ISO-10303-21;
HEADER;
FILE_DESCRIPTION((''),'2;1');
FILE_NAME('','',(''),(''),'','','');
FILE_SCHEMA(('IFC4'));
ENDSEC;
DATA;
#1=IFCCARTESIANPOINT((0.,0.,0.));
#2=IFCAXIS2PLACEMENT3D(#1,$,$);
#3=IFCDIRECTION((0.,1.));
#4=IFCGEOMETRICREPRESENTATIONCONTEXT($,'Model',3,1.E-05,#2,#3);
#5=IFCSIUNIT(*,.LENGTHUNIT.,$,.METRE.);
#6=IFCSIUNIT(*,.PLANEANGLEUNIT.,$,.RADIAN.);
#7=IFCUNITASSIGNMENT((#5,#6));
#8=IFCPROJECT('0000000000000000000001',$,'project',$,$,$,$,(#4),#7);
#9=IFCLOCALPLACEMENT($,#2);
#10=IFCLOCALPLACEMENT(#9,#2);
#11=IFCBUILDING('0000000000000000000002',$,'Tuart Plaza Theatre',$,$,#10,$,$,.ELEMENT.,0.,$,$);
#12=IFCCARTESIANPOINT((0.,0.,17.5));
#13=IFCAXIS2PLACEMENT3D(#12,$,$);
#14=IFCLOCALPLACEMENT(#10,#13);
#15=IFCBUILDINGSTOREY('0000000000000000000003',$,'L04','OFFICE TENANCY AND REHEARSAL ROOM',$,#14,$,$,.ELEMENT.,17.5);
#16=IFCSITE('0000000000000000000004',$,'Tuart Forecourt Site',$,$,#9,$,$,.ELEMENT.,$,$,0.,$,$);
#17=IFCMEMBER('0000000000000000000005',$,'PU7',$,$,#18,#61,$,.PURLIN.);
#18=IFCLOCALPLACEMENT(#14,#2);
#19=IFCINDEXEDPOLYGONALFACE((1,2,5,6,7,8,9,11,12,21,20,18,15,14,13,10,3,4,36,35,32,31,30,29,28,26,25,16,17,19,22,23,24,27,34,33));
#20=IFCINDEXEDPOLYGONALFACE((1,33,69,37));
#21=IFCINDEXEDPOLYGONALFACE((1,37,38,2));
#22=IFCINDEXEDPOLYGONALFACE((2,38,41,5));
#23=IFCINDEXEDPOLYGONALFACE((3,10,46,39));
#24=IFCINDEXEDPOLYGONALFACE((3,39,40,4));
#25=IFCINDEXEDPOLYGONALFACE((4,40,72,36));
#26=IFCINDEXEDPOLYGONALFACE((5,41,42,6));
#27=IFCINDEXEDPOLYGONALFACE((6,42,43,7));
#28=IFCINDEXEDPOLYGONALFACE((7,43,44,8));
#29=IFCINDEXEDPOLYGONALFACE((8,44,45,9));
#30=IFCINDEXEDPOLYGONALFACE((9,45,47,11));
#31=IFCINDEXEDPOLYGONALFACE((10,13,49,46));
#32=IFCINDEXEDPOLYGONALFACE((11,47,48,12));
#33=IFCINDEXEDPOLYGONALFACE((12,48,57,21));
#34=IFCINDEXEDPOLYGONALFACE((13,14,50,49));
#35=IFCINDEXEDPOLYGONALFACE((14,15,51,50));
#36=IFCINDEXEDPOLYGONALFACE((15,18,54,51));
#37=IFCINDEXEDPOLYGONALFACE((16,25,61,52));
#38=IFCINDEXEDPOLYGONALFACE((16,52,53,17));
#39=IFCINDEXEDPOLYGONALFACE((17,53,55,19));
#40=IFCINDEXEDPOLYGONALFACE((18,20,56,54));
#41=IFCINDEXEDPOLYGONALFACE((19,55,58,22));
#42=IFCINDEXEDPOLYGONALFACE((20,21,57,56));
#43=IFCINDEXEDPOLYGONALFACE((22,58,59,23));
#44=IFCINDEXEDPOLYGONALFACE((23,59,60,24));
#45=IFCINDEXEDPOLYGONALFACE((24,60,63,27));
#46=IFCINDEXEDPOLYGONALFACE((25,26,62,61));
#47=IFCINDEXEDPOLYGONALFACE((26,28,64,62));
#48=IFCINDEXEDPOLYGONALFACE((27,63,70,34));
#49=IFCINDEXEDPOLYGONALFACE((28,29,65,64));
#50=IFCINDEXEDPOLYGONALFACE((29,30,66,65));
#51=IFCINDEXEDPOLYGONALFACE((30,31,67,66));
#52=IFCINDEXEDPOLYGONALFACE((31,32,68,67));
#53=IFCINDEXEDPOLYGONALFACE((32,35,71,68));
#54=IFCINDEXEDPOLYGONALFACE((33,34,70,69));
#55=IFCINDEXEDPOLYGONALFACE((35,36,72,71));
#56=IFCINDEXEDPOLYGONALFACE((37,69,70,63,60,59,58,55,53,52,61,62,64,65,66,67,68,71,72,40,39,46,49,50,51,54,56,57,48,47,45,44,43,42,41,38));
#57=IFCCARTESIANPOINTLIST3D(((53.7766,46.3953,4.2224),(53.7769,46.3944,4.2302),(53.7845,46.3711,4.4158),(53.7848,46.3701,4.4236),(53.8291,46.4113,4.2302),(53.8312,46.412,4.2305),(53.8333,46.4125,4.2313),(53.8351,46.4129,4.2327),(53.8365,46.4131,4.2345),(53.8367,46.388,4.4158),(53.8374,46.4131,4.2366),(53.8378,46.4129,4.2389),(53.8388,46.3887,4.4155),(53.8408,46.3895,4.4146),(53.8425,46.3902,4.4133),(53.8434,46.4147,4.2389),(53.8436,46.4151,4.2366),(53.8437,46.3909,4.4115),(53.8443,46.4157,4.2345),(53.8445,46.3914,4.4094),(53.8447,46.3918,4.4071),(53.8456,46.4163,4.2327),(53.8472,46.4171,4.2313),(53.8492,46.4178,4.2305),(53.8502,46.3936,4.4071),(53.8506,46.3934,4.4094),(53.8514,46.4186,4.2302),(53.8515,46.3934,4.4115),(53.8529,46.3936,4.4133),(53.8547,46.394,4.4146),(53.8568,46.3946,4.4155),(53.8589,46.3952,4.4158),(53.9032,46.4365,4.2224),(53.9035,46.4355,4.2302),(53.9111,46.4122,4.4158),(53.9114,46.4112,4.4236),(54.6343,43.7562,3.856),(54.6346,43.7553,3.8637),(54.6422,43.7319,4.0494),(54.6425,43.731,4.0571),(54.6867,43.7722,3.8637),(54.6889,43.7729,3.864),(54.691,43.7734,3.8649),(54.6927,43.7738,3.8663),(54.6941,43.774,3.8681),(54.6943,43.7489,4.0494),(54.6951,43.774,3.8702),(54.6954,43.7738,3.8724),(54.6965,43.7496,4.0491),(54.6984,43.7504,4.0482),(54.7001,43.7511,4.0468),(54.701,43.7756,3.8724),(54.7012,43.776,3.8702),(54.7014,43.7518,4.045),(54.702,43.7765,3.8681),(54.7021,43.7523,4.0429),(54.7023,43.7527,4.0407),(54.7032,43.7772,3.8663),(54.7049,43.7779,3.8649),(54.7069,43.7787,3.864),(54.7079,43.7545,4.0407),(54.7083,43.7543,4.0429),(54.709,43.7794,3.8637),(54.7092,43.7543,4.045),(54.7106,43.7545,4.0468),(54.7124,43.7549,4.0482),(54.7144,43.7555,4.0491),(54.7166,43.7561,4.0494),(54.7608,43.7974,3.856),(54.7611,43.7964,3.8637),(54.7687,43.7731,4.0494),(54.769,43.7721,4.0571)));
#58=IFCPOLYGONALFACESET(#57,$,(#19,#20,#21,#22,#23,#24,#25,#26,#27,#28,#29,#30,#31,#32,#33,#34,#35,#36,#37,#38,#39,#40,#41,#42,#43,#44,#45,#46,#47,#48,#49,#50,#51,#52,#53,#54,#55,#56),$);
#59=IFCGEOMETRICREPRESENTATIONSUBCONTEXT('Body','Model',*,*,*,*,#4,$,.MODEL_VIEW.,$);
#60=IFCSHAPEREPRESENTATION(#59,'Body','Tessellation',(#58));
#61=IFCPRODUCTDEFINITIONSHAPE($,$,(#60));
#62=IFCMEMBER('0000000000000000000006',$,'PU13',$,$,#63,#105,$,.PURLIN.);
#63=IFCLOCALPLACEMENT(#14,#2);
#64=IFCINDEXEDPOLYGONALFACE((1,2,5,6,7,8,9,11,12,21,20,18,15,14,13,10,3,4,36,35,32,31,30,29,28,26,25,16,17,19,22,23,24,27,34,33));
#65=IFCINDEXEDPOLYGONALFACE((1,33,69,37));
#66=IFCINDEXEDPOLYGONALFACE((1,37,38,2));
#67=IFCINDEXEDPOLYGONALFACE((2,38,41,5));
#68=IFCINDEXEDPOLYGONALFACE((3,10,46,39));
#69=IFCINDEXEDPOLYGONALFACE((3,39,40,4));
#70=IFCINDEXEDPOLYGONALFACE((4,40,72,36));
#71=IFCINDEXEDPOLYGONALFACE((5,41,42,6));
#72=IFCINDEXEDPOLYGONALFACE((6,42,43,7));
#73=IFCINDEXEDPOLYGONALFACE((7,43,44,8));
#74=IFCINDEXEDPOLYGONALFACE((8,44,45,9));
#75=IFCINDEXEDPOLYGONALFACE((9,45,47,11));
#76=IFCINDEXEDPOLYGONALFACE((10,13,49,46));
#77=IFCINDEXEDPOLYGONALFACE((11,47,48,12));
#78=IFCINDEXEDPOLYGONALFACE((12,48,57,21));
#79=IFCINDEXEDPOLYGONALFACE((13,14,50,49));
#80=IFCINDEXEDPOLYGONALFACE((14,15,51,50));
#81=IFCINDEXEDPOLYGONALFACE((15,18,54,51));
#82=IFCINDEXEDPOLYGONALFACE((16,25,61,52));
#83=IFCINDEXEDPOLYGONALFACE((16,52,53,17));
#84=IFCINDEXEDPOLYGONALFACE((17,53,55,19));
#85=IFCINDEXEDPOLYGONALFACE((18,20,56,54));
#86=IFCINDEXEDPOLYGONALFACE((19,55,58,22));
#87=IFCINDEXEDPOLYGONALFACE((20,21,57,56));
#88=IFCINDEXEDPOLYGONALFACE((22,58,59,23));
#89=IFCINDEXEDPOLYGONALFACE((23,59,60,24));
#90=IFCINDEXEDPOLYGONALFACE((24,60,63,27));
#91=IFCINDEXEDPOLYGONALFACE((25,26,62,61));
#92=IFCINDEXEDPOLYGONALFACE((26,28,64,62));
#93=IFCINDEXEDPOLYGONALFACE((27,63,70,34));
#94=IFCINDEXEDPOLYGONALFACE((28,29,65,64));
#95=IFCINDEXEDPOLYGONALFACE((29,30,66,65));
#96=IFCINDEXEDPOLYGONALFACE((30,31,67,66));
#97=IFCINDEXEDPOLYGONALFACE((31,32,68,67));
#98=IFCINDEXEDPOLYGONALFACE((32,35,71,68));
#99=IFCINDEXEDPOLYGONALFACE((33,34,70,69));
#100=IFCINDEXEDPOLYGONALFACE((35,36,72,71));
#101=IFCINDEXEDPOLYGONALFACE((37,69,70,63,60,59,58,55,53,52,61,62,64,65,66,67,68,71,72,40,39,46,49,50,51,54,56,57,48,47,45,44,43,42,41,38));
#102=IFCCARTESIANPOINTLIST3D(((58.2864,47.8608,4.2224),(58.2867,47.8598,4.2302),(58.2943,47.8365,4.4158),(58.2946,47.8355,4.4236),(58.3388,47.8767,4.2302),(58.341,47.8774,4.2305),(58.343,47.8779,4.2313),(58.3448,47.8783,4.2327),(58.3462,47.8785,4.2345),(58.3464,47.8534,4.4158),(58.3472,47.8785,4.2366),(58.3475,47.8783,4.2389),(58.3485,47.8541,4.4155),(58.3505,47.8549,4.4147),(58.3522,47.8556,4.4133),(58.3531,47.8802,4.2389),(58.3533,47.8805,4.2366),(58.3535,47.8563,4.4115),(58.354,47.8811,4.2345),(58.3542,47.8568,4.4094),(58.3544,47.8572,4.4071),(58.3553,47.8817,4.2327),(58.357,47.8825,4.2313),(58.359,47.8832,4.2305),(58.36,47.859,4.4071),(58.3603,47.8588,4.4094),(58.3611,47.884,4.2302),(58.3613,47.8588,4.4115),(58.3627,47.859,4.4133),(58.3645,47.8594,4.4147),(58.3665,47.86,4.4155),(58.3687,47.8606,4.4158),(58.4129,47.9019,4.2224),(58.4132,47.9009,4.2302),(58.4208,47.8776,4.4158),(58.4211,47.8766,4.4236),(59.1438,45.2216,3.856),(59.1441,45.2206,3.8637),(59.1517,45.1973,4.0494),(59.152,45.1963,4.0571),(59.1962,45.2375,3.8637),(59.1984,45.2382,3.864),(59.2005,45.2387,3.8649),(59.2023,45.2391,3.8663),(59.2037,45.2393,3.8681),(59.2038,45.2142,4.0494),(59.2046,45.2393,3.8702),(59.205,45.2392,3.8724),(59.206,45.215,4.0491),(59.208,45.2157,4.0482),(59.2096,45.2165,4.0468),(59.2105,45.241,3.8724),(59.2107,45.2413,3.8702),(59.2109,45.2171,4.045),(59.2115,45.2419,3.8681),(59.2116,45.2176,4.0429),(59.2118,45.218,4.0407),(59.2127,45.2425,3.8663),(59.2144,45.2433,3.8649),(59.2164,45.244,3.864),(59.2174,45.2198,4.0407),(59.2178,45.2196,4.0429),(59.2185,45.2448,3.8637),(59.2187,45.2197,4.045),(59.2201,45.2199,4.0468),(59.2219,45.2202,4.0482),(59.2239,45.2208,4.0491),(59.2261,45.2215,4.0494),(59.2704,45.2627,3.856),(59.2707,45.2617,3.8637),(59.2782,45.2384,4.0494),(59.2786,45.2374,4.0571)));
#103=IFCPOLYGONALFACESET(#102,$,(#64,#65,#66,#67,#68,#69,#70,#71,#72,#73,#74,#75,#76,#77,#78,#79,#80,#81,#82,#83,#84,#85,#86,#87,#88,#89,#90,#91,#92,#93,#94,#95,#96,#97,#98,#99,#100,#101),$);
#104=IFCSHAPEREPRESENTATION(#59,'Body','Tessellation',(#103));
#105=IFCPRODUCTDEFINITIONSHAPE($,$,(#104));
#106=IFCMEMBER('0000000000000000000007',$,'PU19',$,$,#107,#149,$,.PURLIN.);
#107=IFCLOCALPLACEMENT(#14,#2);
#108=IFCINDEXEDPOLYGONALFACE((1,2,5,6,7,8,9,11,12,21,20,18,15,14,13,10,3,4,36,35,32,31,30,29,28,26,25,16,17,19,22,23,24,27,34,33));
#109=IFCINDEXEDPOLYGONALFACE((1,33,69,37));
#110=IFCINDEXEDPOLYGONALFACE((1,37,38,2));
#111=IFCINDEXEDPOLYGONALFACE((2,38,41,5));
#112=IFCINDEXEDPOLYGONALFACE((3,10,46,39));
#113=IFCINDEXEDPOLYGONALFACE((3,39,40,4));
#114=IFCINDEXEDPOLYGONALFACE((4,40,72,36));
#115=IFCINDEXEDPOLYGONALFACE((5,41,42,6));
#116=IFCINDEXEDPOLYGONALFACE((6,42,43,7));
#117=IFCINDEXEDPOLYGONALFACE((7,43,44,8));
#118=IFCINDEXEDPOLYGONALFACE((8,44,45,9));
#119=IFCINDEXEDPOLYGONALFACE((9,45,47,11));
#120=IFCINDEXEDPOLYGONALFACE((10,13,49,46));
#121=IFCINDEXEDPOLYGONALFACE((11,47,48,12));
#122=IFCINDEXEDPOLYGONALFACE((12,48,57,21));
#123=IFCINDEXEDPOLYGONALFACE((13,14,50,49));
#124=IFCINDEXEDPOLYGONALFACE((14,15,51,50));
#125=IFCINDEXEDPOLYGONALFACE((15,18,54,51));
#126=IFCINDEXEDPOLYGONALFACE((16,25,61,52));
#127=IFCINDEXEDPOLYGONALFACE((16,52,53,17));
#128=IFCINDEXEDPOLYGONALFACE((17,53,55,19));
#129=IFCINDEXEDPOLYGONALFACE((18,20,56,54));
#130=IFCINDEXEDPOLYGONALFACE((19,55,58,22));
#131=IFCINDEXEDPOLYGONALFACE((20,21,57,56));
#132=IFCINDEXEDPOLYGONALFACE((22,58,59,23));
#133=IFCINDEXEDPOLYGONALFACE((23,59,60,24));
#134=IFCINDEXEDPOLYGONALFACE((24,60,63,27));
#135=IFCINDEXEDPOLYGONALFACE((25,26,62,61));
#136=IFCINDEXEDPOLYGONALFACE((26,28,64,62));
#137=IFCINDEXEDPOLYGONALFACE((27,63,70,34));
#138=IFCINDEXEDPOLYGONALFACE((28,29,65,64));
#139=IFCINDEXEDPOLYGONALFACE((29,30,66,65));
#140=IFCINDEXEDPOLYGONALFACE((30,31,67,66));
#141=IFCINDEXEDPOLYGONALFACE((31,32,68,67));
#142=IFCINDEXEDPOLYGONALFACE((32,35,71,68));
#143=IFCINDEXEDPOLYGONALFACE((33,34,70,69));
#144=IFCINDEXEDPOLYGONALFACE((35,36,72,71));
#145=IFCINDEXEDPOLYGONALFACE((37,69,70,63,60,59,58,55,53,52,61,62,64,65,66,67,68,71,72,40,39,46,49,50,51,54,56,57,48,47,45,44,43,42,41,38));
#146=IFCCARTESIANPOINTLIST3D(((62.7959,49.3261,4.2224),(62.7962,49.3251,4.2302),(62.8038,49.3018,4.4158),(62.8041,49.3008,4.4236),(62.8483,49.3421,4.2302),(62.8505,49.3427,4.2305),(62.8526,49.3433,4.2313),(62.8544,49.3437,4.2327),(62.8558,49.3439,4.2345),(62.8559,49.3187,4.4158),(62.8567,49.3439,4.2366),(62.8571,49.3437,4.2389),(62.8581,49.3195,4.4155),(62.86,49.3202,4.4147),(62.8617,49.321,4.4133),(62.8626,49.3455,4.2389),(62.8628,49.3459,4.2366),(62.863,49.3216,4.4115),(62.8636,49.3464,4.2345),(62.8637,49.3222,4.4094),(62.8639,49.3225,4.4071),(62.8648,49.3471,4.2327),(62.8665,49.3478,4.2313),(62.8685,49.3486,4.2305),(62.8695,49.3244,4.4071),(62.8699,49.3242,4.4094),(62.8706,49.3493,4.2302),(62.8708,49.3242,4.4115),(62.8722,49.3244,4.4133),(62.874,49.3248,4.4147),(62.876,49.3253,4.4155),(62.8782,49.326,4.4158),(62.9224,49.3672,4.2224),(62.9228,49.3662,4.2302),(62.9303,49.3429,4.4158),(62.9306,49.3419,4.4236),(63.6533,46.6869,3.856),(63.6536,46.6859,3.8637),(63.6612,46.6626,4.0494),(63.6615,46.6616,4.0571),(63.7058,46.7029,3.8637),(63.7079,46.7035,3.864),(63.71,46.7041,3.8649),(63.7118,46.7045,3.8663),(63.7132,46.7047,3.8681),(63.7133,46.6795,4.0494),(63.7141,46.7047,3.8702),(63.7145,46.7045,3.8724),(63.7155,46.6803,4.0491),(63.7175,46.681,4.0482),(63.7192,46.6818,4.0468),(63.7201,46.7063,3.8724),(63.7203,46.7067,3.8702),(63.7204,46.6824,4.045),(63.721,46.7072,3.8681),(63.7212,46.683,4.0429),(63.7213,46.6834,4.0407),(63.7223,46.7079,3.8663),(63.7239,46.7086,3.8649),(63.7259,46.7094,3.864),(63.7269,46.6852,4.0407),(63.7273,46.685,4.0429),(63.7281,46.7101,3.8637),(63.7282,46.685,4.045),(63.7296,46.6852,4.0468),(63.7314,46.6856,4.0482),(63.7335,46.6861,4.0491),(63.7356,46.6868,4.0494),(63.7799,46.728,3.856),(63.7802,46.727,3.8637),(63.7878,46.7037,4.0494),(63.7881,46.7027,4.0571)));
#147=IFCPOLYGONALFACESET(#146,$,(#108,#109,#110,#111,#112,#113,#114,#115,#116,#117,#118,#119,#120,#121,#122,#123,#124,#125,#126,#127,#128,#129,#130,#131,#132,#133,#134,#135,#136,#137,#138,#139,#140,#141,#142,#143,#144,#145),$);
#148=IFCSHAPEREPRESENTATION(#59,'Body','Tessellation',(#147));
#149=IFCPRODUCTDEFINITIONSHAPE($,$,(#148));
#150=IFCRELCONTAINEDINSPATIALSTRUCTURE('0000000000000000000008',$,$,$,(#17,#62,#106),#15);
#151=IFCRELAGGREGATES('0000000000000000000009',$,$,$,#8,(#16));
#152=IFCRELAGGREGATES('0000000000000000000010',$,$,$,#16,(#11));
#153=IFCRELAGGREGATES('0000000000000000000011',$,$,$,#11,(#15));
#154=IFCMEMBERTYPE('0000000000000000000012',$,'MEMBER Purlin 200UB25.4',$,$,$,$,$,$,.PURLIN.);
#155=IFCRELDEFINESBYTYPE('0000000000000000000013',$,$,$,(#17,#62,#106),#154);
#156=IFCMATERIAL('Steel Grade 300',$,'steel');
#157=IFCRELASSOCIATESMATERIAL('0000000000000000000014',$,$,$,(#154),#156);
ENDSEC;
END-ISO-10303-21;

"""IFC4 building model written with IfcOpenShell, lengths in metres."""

from ifc_helpers import new_model, si_unit, direction, frame, origin, origin_2d, place, context, subcontext, project, spatial, i_section, extrude, material, material_profile, profile_set, type_object, element, save


model = new_model("IFC4")

# Units and contexts
model_context = context("Model", 3, precision=1e-05, world=origin(), true_north=direction((0.0, 1.0)))
body_context = subcontext(model_context, "Body", "Model", "MODEL_VIEW")
ifc_project = project(units=[si_unit("LENGTHUNIT", "METRE"), si_unit("PLANEANGLEUNIT", "RADIAN")], contexts=[model_context])

# Site, building, storey
site_placement = place(None, origin())
site = spatial("IfcSite", under=ifc_project, at=site_placement, Name="Tuart Forecourt Site", CompositionType="ELEMENT", RefElevation=0.0)
building_placement = place(site_placement, origin())
building = spatial("IfcBuilding", under=site, at=building_placement, Name="Tuart Plaza Theatre", CompositionType="ELEMENT", ElevationOfRefHeight=0.0)
storey_placement = place(building_placement, frame((0.0, 0.0, 17.5)))
storey = spatial("IfcBuildingStorey", under=building, at=storey_placement, Name="L04", Description="OFFICE TENANCY AND REHEARSAL ROOM", CompositionType="ELEMENT", Elevation=17.5)

# Members
ifc_material_1 = material(Name="Steel Grade 300", Category="steel")
ifc_material_profile_1 = material_profile(ifc_material_1, i_section(OverallWidth=0.1331, OverallDepth=0.2029, WebThickness=0.0059, FlangeThickness=0.0078, FilletRadius=0.0088, at=origin_2d()), Name="200UB25.4")
ifc_profile_set_1 = profile_set([ifc_material_profile_1], Name="Steel Grade 300")
member_type_1 = type_object("IfcMemberType", Name="MEMBER Purlin 200UB25.4", PredefinedType="PURLIN", material=ifc_profile_set_1)
for number, where, z_axis, x_axis, name in (
    (1, (54.7017, 43.7642, 3.9565), (-0.306406, 0.942855, 0.130918), (-0.951041, -0.309066, 0.0), "PU7"),
    (2, (59.2112, 45.2295, 3.9565), (-0.306327, 0.94288, 0.130922), (-0.951066, -0.308987, 0.0), "PU13"),
    (3, (63.7207, 46.6948, 3.9565), (-0.306327, 0.94288, 0.130922), (-0.951066, -0.308987, 0.0), "PU19"),
):
    element("IfcMember", number, at=place(storey_placement, frame(where, z_axis=z_axis, x_axis=x_axis)), inside=storey, type_object=member_type_1, Name=name, PredefinedType="PURLIN", context=body_context, shape_type="SweptSolid", body=[
        extrude(i_section(OverallWidth=0.1331, OverallDepth=0.2029, WebThickness=0.0059, FlangeThickness=0.0078, FilletRadius=0.0088, at=origin_2d()), origin(), (0.0, 0.0, 1.0), 2.7991),
    ])

save(model, "model.ifc")
